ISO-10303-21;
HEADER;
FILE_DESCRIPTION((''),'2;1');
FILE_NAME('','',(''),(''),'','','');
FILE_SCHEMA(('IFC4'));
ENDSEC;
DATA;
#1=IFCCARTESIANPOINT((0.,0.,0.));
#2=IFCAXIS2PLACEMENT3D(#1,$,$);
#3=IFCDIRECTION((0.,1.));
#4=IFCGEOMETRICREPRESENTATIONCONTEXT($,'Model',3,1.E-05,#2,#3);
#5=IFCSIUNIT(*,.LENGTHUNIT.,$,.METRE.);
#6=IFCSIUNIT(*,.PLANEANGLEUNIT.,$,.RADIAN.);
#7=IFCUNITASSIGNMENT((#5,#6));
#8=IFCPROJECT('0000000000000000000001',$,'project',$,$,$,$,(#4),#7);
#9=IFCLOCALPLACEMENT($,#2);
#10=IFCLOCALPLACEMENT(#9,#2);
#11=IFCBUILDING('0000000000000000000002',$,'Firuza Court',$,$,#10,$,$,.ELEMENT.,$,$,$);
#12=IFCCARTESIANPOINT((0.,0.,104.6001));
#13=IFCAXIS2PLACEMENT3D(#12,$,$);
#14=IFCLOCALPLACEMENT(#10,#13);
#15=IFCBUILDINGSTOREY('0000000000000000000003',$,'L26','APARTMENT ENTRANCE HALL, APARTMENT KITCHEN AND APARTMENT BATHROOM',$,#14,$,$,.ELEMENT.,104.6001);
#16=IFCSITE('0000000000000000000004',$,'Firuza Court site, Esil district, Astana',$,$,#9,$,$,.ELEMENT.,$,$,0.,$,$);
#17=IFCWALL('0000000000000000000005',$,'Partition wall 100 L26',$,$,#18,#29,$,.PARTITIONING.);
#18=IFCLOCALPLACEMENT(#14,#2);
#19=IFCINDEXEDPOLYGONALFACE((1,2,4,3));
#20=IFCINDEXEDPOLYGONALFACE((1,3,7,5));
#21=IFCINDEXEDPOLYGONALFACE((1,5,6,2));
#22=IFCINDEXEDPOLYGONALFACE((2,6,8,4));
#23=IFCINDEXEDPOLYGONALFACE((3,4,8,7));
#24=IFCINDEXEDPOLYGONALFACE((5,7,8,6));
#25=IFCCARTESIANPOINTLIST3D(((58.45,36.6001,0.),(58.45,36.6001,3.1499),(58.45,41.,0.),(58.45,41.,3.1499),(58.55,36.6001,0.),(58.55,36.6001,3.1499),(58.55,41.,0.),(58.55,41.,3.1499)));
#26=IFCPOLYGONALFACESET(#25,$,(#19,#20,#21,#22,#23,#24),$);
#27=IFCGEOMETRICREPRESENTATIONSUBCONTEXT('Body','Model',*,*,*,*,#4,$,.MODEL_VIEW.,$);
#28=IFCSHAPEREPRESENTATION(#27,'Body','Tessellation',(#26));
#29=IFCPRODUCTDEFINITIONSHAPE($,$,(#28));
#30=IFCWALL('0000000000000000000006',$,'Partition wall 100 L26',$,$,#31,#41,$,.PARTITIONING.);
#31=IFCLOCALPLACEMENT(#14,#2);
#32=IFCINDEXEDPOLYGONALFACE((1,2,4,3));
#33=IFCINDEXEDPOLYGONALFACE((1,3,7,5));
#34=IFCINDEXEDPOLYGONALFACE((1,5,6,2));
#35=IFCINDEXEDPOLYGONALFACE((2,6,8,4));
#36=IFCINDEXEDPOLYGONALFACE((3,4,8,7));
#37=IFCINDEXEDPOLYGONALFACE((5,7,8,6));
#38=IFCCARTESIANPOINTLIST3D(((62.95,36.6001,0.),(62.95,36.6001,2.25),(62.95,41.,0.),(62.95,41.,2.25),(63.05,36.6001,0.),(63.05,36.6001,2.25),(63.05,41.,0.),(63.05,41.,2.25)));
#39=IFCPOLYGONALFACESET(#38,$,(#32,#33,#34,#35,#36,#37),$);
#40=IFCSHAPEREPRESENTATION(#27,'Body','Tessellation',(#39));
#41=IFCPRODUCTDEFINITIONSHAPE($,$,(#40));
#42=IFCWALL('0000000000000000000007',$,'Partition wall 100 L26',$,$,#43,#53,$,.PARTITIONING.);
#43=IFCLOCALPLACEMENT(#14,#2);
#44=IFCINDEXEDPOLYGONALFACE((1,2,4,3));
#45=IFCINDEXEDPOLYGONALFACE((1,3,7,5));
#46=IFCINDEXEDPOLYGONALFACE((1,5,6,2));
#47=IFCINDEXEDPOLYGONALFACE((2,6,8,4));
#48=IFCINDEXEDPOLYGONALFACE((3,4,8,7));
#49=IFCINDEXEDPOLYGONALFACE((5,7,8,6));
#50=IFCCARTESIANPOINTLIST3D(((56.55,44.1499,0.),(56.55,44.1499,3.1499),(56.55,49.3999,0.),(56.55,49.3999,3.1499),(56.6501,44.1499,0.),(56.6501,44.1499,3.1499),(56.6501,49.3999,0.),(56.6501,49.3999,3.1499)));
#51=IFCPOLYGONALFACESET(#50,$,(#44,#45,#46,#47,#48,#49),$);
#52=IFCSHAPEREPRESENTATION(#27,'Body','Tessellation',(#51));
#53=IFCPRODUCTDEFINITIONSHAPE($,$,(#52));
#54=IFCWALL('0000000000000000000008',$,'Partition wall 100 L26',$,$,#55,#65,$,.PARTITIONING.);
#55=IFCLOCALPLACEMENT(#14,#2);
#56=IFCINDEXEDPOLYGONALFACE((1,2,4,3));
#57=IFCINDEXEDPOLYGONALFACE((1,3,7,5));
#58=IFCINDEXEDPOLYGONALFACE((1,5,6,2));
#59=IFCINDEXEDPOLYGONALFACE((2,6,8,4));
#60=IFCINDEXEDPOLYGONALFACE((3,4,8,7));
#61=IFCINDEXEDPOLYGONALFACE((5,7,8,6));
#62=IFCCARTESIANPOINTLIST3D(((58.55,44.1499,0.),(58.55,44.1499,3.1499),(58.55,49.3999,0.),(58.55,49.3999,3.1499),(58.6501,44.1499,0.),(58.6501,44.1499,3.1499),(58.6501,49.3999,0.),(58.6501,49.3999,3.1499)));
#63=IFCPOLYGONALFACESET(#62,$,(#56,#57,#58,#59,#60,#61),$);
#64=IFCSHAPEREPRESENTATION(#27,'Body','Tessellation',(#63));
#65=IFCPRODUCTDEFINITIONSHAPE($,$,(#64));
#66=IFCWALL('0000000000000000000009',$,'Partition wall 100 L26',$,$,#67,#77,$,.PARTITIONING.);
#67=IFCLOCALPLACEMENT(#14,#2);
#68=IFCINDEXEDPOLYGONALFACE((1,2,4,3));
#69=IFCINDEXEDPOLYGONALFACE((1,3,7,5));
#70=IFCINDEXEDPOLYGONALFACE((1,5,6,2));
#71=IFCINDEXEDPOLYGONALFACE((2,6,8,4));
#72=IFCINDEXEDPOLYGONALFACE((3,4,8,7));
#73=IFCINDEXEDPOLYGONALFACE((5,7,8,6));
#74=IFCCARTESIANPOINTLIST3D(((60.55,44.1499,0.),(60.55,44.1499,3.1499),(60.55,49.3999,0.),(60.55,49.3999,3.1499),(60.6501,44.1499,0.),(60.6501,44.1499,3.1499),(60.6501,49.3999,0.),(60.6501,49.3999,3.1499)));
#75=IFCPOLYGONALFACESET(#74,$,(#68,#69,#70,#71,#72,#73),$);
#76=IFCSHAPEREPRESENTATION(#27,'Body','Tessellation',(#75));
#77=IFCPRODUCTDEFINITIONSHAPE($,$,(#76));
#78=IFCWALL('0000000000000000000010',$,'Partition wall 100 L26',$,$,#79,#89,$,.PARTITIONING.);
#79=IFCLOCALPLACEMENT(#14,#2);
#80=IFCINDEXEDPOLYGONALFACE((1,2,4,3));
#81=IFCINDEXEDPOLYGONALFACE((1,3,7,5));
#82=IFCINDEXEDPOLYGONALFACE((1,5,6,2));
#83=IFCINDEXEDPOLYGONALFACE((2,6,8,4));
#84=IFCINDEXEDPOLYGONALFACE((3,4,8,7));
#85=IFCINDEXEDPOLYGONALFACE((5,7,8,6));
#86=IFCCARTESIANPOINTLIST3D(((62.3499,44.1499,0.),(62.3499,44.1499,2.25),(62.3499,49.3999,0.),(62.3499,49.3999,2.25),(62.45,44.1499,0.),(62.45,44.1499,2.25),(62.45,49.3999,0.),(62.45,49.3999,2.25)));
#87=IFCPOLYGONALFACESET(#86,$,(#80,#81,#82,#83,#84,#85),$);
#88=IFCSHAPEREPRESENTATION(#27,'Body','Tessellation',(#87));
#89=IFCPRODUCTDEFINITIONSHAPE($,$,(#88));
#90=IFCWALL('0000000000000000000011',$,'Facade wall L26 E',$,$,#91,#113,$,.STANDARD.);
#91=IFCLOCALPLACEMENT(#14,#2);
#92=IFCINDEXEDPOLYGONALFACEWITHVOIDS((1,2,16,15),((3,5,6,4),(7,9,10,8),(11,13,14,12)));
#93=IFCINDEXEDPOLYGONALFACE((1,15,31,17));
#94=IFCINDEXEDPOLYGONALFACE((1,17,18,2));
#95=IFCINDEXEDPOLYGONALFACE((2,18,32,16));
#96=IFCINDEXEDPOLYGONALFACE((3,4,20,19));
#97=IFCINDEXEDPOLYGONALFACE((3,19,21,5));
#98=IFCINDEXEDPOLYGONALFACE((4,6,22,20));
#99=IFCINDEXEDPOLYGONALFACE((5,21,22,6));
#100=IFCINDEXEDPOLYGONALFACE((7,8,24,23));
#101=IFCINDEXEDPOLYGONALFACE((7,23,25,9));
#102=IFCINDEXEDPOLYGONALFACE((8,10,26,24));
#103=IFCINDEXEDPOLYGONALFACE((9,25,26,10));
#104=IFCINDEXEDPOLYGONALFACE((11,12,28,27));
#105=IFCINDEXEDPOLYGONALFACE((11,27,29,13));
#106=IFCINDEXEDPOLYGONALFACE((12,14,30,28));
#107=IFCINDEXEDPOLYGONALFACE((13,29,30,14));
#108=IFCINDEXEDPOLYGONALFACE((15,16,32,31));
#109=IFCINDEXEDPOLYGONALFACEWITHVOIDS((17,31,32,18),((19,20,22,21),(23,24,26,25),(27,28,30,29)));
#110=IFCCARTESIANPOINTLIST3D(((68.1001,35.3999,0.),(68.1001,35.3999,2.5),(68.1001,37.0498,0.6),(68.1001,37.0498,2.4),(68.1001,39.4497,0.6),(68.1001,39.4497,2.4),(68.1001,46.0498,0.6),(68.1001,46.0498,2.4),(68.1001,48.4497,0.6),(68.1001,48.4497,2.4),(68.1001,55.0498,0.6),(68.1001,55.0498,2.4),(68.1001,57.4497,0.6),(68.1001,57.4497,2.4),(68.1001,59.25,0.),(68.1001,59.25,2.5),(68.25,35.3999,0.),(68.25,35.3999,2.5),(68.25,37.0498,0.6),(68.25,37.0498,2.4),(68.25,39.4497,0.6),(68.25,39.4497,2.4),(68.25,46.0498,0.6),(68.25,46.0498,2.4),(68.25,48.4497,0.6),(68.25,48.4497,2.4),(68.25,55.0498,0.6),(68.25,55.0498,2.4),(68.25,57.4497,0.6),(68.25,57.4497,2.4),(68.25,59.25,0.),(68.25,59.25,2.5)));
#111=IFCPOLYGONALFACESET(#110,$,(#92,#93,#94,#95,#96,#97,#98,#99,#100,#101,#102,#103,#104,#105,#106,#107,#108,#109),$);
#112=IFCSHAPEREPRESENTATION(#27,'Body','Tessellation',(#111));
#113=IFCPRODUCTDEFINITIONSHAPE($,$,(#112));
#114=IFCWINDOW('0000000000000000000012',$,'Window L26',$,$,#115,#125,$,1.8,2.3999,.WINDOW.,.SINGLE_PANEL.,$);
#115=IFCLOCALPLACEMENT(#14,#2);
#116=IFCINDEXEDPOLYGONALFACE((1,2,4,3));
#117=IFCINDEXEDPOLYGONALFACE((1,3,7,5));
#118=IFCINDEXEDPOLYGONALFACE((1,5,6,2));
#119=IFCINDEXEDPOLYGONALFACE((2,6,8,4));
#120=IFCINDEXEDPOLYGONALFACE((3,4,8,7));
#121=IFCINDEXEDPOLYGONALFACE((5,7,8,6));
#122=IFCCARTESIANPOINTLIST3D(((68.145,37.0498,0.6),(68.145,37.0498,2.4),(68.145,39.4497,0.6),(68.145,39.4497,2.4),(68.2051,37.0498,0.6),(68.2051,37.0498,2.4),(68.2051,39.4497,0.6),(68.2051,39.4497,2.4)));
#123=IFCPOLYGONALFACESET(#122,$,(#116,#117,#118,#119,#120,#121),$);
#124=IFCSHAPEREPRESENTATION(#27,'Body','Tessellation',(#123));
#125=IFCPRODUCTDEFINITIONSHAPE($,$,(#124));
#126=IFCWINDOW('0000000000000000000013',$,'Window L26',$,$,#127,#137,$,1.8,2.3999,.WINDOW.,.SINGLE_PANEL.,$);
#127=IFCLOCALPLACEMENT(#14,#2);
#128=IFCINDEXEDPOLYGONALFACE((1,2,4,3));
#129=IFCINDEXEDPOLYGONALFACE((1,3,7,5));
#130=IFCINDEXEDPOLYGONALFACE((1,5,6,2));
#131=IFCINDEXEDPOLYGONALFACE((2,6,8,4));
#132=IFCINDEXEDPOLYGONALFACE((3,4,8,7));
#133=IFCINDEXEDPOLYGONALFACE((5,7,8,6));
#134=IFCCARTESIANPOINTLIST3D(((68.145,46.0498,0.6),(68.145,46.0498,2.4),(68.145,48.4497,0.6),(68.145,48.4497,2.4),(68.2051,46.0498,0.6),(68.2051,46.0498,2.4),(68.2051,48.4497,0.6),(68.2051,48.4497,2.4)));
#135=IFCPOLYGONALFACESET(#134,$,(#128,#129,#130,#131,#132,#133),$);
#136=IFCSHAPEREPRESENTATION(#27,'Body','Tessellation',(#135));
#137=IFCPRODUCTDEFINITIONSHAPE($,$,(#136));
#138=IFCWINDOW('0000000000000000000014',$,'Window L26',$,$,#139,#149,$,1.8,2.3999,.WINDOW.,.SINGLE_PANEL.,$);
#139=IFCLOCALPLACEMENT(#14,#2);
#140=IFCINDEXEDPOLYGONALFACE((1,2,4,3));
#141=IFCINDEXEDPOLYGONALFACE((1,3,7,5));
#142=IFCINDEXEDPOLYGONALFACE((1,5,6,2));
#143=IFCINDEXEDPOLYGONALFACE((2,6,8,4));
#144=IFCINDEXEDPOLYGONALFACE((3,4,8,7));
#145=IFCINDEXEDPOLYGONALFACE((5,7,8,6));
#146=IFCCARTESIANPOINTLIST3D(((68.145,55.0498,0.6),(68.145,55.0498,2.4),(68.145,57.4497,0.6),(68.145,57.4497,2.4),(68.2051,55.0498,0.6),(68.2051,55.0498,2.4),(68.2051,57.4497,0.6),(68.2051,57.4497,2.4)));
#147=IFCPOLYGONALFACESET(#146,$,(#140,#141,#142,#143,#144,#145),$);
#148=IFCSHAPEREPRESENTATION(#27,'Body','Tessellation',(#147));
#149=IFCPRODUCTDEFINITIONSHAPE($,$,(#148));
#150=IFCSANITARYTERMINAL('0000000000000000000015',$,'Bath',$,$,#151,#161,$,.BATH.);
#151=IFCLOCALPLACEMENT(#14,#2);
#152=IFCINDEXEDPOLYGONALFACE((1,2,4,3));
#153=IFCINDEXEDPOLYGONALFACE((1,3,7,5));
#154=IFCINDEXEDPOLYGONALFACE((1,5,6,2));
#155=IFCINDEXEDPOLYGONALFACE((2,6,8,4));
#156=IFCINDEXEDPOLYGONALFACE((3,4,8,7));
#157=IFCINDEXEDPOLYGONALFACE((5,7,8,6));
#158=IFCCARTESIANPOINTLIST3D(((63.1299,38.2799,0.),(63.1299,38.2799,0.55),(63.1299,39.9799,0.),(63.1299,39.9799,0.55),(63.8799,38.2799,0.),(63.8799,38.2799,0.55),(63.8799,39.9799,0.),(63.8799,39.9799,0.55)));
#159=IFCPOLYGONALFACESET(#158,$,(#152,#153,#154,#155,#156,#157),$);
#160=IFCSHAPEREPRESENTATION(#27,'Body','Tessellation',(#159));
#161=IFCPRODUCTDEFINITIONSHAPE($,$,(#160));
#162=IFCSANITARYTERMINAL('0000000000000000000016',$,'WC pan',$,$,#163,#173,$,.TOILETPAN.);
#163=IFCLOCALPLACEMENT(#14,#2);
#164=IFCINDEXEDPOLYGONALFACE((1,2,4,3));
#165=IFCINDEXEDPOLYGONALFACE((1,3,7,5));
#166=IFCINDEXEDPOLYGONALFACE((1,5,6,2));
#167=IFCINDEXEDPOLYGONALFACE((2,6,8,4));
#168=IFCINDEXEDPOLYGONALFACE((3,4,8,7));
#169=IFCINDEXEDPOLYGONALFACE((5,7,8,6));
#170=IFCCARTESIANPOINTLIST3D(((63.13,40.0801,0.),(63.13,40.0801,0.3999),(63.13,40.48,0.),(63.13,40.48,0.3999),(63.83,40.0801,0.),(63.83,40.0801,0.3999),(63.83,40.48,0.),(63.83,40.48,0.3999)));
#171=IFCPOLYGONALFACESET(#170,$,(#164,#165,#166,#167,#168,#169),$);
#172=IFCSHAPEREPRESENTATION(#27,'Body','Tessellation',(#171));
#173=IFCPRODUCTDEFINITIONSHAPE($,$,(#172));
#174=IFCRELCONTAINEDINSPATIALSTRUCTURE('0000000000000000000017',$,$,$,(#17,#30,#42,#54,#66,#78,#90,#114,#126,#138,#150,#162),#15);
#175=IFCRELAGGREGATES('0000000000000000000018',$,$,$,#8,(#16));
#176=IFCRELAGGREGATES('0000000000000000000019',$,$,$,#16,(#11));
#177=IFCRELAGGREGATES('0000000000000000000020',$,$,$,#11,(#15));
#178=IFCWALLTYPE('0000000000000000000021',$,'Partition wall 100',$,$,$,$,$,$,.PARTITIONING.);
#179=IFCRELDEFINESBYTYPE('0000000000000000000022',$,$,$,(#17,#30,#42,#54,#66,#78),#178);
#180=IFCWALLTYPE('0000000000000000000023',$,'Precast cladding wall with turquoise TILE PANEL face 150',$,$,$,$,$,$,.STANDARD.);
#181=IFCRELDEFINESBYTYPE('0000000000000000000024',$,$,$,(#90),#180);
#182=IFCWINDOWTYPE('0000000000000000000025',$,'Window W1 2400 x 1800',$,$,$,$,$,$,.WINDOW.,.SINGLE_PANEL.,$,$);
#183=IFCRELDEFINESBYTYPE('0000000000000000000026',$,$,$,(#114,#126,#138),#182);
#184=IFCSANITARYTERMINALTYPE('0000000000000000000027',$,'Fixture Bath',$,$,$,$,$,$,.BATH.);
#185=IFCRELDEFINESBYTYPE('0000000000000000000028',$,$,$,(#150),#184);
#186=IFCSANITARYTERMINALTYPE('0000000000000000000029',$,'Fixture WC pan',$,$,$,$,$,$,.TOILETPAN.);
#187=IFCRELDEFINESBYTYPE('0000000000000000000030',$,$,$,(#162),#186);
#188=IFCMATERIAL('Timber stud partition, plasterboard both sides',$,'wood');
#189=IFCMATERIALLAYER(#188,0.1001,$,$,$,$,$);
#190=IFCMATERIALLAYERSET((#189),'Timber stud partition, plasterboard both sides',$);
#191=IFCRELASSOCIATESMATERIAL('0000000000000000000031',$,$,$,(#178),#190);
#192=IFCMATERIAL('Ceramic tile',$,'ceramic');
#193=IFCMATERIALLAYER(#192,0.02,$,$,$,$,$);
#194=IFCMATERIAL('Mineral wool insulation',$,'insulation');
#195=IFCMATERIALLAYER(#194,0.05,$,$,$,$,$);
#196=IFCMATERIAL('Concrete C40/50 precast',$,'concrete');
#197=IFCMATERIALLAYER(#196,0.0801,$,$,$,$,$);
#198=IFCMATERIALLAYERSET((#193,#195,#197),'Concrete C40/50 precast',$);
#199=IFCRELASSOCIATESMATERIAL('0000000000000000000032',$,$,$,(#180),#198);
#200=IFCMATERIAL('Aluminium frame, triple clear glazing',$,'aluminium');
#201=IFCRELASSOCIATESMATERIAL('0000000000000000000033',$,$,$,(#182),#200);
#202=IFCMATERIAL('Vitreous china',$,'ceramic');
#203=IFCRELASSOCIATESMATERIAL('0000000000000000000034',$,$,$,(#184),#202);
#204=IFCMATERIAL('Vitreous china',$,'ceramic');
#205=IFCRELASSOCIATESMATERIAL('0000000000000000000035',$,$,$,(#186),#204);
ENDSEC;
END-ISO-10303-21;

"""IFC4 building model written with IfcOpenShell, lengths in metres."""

from ifc_helpers import new_model, si_unit, direction, frame, frame_2d, origin, origin_2d, place, context, subcontext, project, spatial, rectangle, extrude, material, layer, layer_set, type_object, element, fill, save


model = new_model("IFC4")

# Units and contexts
model_context = context("Model", 3, precision=1e-05, world=origin(), true_north=direction((0.0, 1.0)))
body_context = subcontext(model_context, "Body", "Model", "MODEL_VIEW")
ifc_project = project(units=[si_unit("LENGTHUNIT", "METRE"), si_unit("PLANEANGLEUNIT", "RADIAN")], contexts=[model_context])

# Site, building, storey
site_placement = place(None, origin())
site = spatial("IfcSite", under=ifc_project, at=site_placement, Name="Firuza Court site, Esil district, Astana", CompositionType="ELEMENT", RefElevation=0.0)
building_placement = place(site_placement, origin())
building = spatial("IfcBuilding", under=site, at=building_placement, Name="Firuza Court", CompositionType="ELEMENT")
storey_placement = place(building_placement, frame((0.0, 0.0, 104.6001)))
storey = spatial("IfcBuildingStorey", under=building, at=storey_placement, Name="L26", Description="APARTMENT ENTRANCE HALL, APARTMENT KITCHEN AND APARTMENT BATHROOM", CompositionType="ELEMENT", Elevation=104.6001)

# Walls
ifc_material_1 = material(Name="Timber stud partition, plasterboard both sides", Category="wood")
ifc_layer_1 = layer(ifc_material_1, 0.1001)
ifc_layer_set_1 = layer_set([ifc_layer_1], Name="Timber stud partition, plasterboard both sides")
wall_type_1 = type_object("IfcWallType", Name="Partition wall 100", PredefinedType="PARTITIONING", material=ifc_layer_set_1)
wall_1_placement = place(storey_placement, frame((58.5, 36.6001, 0.0), z_axis=(0.0, 0.0, 1.0), x_axis=(0.0, 1.0, 0.0)))
element("IfcWall", 1, at=wall_1_placement, inside=storey, type_object=wall_type_1, Name="Partition wall 100 L26", PredefinedType="PARTITIONING", context=body_context, shape_type="SweptSolid", body=[
    extrude(rectangle(XDim=4.3999, YDim=0.1001, at=frame_2d((2.2, 0.0))), origin(), (0.0, 0.0, 1.0), 3.1499),
])
wall_2_placement = place(storey_placement, frame((63.0, 36.6001, 0.0), z_axis=(0.0, 0.0, 1.0), x_axis=(0.0, 1.0, 0.0)))
element("IfcWall", 2, at=wall_2_placement, inside=storey, type_object=wall_type_1, Name="Partition wall 100 L26", PredefinedType="PARTITIONING", context=body_context, shape_type="SweptSolid", body=[
    extrude(rectangle(XDim=4.3999, YDim=0.1001, at=frame_2d((2.2, 0.0))), origin(), (0.0, 0.0, 1.0), 2.25),
])
for number, where, z_axis, x_axis, name in (
    (3, (56.6001, 44.1499, 0.0), (0.0, 0.0, 1.0), (0.0, 1.0, 0.0), "Partition wall 100 L26"),
    (4, (58.6001, 44.1499, 0.0), (0.0, 0.0, 1.0), (0.0, 1.0, 0.0), "Partition wall 100 L26"),
    (5, (60.6001, 44.1499, 0.0), (0.0, 0.0, 1.0), (0.0, 1.0, 0.0), "Partition wall 100 L26"),
):
    element("IfcWall", number, at=place(storey_placement, frame(where, z_axis=z_axis, x_axis=x_axis)), inside=storey, type_object=wall_type_1, Name=name, PredefinedType="PARTITIONING", context=body_context, shape_type="SweptSolid", body=[
        extrude(rectangle(XDim=5.25, YDim=0.1001, at=frame_2d((2.625, 0.0))), origin(), (0.0, 0.0, 1.0), 3.1499),
    ])
wall_3_placement = place(storey_placement, frame((62.3999, 44.1499, 0.0), z_axis=(0.0, 0.0, 1.0), x_axis=(0.0, 1.0, 0.0)))
element("IfcWall", 6, at=wall_3_placement, inside=storey, type_object=wall_type_1, Name="Partition wall 100 L26", PredefinedType="PARTITIONING", context=body_context, shape_type="SweptSolid", body=[
    extrude(rectangle(XDim=5.25, YDim=0.1001, at=frame_2d((2.625, 0.0))), origin(), (0.0, 0.0, 1.0), 2.25),
])

# Wall, openings, windows
ifc_material_2 = material(Name="Ceramic tile", Category="ceramic")
ifc_layer_2 = layer(ifc_material_2, 0.02)
ifc_material_3 = material(Name="Mineral wool insulation", Category="insulation")
ifc_layer_3 = layer(ifc_material_3, 0.05)
ifc_material_4 = material(Name="Concrete C40/50 precast", Category="concrete")
ifc_layer_4 = layer(ifc_material_4, 0.0801)
ifc_layer_set_2 = layer_set([ifc_layer_2, ifc_layer_3, ifc_layer_4], Name="Concrete C40/50 precast")
wall_type_2 = type_object("IfcWallType", Name="Precast cladding wall with turquoise TILE PANEL face 150", PredefinedType="STANDARD", material=ifc_layer_set_2)
wall_4_placement = place(storey_placement, frame((68.175, 35.3999, 0.0), z_axis=(0.0, 0.0, 1.0), x_axis=(0.0, 1.0, 0.0)))
wall_4 = element("IfcWall", 7, at=wall_4_placement, inside=storey, type_object=wall_type_2, Name="Facade wall L26 E", PredefinedType="STANDARD", context=body_context, shape_type="SweptSolid", body=[
    extrude(rectangle(XDim=23.8501, YDim=0.1499, at=frame_2d((11.925, 0.0))), origin(), (0.0, 0.0, 1.0), 2.5),
])
opening_1_placement = place(wall_4_placement, frame((1.6499, 0.0, 0.6001)))
opening_1 = element("IfcOpeningElement", 8, at=opening_1_placement, cuts=wall_4, PredefinedType="OPENING", context=body_context, shape_type="SweptSolid", body=[
    extrude(rectangle(XDim=2.3999, YDim=1.8, at=frame_2d((1.2, 0.8999))), frame((0.0, 0.0869, 0.0), z_axis=(0.0, -1.0, 0.0), x_axis=(1.0, 0.0, 0.0)), (0.0, 0.0, 1.0), 0.1738),
])
opening_2_placement = place(wall_4_placement, frame((10.6499, 0.0, 0.6001)))
opening_2 = element("IfcOpeningElement", 9, at=opening_2_placement, cuts=wall_4, PredefinedType="OPENING", context=body_context, shape_type="SweptSolid", body=[
    extrude(rectangle(XDim=2.3999, YDim=1.8, at=frame_2d((1.2, 0.8999))), frame((0.0, 0.0869, 0.0), z_axis=(0.0, -1.0, 0.0), x_axis=(1.0, 0.0, 0.0)), (0.0, 0.0, 1.0), 0.1738),
])
opening_3_placement = place(wall_4_placement, frame((19.6499, 0.0, 0.6001)))
opening_3 = element("IfcOpeningElement", 10, at=opening_3_placement, cuts=wall_4, PredefinedType="OPENING", context=body_context, shape_type="SweptSolid", body=[
    extrude(rectangle(XDim=2.3999, YDim=1.8, at=frame_2d((1.2, 0.8999))), frame((0.0, 0.0869, 0.0), z_axis=(0.0, -1.0, 0.0), x_axis=(1.0, 0.0, 0.0)), (0.0, 0.0, 1.0), 0.1738),
])
ifc_material_5 = material(Name="Aluminium frame, triple clear glazing", Category="aluminium")
window_type = type_object("IfcWindowType", Name="Window W1 2400 x 1800", PartitioningType="SINGLE_PANEL", PredefinedType="WINDOW", material=ifc_material_5)
window_1_placement = place(opening_1_placement, origin())
window_1 = element("IfcWindow", 11, at=window_1_placement, inside=storey, type_object=window_type, Name="Window L26", OverallHeight=1.8, OverallWidth=2.3999, PartitioningType="SINGLE_PANEL", PredefinedType="WINDOW", context=body_context, shape_type="SweptSolid", body=[
    extrude(rectangle(XDim=2.3999, YDim=1.8, at=frame_2d((1.2, 0.8999))), frame((0.0, 0.03, 0.0), z_axis=(0.0, -1.0, 0.0), x_axis=(1.0, 0.0, 0.0)), (0.0, 0.0, 1.0), 0.0601),
])
fill(opening_1, window_1)
window_2_placement = place(opening_2_placement, origin())
window_2 = element("IfcWindow", 12, at=window_2_placement, inside=storey, type_object=window_type, Name="Window L26", OverallHeight=1.8, OverallWidth=2.3999, PartitioningType="SINGLE_PANEL", PredefinedType="WINDOW", context=body_context, shape_type="SweptSolid", body=[
    extrude(rectangle(XDim=2.3999, YDim=1.8, at=frame_2d((1.2, 0.8999))), frame((0.0, 0.03, 0.0), z_axis=(0.0, -1.0, 0.0), x_axis=(1.0, 0.0, 0.0)), (0.0, 0.0, 1.0), 0.0601),
])
fill(opening_2, window_2)
window_3_placement = place(opening_3_placement, origin())
window_3 = element("IfcWindow", 13, at=window_3_placement, inside=storey, type_object=window_type, Name="Window L26", OverallHeight=1.8, OverallWidth=2.3999, PartitioningType="SINGLE_PANEL", PredefinedType="WINDOW", context=body_context, shape_type="SweptSolid", body=[
    extrude(rectangle(XDim=2.3999, YDim=1.8, at=frame_2d((1.2, 0.8999))), frame((0.0, 0.03, 0.0), z_axis=(0.0, -1.0, 0.0), x_axis=(1.0, 0.0, 0.0)), (0.0, 0.0, 1.0), 0.0601),
])
fill(opening_3, window_3)

# Sanitary terminals
ifc_material_6 = material(Name="Vitreous china", Category="ceramic")
sanitary_terminal_type_1 = type_object("IfcSanitaryTerminalType", Name="Fixture Bath", PredefinedType="BATH", material=ifc_material_6)
sanitary_terminal_1_placement = place(storey_placement, frame((63.5049, 39.1299, 0.0), z_axis=(0.0, 0.0, 1.0), x_axis=(1.0, 0.0, 0.0)))
element("IfcSanitaryTerminal", 14, at=sanitary_terminal_1_placement, inside=storey, type_object=sanitary_terminal_type_1, Name="Bath", PredefinedType="BATH", context=body_context, shape_type="SweptSolid", body=[
    extrude(rectangle(XDim=0.75, YDim=1.7, at=origin_2d()), origin(), (0.0, 0.0, 1.0), 0.55),
])
ifc_material_7 = material(Name="Vitreous china", Category="ceramic")
sanitary_terminal_type_2 = type_object("IfcSanitaryTerminalType", Name="Fixture WC pan", PredefinedType="TOILETPAN", material=ifc_material_7)
sanitary_terminal_2_placement = place(storey_placement, frame((63.48, 40.28, 0.0), z_axis=(0.0, 0.0, 1.0), x_axis=(1.0, 0.0, 0.0)))
element("IfcSanitaryTerminal", 15, at=sanitary_terminal_2_placement, inside=storey, type_object=sanitary_terminal_type_2, Name="WC pan", PredefinedType="TOILETPAN", context=body_context, shape_type="SweptSolid", body=[
    extrude(rectangle(XDim=0.7, YDim=0.3999, at=origin_2d()), origin(), (0.0, 0.0, 1.0), 0.3999),
])

save(model, "model.ifc")
